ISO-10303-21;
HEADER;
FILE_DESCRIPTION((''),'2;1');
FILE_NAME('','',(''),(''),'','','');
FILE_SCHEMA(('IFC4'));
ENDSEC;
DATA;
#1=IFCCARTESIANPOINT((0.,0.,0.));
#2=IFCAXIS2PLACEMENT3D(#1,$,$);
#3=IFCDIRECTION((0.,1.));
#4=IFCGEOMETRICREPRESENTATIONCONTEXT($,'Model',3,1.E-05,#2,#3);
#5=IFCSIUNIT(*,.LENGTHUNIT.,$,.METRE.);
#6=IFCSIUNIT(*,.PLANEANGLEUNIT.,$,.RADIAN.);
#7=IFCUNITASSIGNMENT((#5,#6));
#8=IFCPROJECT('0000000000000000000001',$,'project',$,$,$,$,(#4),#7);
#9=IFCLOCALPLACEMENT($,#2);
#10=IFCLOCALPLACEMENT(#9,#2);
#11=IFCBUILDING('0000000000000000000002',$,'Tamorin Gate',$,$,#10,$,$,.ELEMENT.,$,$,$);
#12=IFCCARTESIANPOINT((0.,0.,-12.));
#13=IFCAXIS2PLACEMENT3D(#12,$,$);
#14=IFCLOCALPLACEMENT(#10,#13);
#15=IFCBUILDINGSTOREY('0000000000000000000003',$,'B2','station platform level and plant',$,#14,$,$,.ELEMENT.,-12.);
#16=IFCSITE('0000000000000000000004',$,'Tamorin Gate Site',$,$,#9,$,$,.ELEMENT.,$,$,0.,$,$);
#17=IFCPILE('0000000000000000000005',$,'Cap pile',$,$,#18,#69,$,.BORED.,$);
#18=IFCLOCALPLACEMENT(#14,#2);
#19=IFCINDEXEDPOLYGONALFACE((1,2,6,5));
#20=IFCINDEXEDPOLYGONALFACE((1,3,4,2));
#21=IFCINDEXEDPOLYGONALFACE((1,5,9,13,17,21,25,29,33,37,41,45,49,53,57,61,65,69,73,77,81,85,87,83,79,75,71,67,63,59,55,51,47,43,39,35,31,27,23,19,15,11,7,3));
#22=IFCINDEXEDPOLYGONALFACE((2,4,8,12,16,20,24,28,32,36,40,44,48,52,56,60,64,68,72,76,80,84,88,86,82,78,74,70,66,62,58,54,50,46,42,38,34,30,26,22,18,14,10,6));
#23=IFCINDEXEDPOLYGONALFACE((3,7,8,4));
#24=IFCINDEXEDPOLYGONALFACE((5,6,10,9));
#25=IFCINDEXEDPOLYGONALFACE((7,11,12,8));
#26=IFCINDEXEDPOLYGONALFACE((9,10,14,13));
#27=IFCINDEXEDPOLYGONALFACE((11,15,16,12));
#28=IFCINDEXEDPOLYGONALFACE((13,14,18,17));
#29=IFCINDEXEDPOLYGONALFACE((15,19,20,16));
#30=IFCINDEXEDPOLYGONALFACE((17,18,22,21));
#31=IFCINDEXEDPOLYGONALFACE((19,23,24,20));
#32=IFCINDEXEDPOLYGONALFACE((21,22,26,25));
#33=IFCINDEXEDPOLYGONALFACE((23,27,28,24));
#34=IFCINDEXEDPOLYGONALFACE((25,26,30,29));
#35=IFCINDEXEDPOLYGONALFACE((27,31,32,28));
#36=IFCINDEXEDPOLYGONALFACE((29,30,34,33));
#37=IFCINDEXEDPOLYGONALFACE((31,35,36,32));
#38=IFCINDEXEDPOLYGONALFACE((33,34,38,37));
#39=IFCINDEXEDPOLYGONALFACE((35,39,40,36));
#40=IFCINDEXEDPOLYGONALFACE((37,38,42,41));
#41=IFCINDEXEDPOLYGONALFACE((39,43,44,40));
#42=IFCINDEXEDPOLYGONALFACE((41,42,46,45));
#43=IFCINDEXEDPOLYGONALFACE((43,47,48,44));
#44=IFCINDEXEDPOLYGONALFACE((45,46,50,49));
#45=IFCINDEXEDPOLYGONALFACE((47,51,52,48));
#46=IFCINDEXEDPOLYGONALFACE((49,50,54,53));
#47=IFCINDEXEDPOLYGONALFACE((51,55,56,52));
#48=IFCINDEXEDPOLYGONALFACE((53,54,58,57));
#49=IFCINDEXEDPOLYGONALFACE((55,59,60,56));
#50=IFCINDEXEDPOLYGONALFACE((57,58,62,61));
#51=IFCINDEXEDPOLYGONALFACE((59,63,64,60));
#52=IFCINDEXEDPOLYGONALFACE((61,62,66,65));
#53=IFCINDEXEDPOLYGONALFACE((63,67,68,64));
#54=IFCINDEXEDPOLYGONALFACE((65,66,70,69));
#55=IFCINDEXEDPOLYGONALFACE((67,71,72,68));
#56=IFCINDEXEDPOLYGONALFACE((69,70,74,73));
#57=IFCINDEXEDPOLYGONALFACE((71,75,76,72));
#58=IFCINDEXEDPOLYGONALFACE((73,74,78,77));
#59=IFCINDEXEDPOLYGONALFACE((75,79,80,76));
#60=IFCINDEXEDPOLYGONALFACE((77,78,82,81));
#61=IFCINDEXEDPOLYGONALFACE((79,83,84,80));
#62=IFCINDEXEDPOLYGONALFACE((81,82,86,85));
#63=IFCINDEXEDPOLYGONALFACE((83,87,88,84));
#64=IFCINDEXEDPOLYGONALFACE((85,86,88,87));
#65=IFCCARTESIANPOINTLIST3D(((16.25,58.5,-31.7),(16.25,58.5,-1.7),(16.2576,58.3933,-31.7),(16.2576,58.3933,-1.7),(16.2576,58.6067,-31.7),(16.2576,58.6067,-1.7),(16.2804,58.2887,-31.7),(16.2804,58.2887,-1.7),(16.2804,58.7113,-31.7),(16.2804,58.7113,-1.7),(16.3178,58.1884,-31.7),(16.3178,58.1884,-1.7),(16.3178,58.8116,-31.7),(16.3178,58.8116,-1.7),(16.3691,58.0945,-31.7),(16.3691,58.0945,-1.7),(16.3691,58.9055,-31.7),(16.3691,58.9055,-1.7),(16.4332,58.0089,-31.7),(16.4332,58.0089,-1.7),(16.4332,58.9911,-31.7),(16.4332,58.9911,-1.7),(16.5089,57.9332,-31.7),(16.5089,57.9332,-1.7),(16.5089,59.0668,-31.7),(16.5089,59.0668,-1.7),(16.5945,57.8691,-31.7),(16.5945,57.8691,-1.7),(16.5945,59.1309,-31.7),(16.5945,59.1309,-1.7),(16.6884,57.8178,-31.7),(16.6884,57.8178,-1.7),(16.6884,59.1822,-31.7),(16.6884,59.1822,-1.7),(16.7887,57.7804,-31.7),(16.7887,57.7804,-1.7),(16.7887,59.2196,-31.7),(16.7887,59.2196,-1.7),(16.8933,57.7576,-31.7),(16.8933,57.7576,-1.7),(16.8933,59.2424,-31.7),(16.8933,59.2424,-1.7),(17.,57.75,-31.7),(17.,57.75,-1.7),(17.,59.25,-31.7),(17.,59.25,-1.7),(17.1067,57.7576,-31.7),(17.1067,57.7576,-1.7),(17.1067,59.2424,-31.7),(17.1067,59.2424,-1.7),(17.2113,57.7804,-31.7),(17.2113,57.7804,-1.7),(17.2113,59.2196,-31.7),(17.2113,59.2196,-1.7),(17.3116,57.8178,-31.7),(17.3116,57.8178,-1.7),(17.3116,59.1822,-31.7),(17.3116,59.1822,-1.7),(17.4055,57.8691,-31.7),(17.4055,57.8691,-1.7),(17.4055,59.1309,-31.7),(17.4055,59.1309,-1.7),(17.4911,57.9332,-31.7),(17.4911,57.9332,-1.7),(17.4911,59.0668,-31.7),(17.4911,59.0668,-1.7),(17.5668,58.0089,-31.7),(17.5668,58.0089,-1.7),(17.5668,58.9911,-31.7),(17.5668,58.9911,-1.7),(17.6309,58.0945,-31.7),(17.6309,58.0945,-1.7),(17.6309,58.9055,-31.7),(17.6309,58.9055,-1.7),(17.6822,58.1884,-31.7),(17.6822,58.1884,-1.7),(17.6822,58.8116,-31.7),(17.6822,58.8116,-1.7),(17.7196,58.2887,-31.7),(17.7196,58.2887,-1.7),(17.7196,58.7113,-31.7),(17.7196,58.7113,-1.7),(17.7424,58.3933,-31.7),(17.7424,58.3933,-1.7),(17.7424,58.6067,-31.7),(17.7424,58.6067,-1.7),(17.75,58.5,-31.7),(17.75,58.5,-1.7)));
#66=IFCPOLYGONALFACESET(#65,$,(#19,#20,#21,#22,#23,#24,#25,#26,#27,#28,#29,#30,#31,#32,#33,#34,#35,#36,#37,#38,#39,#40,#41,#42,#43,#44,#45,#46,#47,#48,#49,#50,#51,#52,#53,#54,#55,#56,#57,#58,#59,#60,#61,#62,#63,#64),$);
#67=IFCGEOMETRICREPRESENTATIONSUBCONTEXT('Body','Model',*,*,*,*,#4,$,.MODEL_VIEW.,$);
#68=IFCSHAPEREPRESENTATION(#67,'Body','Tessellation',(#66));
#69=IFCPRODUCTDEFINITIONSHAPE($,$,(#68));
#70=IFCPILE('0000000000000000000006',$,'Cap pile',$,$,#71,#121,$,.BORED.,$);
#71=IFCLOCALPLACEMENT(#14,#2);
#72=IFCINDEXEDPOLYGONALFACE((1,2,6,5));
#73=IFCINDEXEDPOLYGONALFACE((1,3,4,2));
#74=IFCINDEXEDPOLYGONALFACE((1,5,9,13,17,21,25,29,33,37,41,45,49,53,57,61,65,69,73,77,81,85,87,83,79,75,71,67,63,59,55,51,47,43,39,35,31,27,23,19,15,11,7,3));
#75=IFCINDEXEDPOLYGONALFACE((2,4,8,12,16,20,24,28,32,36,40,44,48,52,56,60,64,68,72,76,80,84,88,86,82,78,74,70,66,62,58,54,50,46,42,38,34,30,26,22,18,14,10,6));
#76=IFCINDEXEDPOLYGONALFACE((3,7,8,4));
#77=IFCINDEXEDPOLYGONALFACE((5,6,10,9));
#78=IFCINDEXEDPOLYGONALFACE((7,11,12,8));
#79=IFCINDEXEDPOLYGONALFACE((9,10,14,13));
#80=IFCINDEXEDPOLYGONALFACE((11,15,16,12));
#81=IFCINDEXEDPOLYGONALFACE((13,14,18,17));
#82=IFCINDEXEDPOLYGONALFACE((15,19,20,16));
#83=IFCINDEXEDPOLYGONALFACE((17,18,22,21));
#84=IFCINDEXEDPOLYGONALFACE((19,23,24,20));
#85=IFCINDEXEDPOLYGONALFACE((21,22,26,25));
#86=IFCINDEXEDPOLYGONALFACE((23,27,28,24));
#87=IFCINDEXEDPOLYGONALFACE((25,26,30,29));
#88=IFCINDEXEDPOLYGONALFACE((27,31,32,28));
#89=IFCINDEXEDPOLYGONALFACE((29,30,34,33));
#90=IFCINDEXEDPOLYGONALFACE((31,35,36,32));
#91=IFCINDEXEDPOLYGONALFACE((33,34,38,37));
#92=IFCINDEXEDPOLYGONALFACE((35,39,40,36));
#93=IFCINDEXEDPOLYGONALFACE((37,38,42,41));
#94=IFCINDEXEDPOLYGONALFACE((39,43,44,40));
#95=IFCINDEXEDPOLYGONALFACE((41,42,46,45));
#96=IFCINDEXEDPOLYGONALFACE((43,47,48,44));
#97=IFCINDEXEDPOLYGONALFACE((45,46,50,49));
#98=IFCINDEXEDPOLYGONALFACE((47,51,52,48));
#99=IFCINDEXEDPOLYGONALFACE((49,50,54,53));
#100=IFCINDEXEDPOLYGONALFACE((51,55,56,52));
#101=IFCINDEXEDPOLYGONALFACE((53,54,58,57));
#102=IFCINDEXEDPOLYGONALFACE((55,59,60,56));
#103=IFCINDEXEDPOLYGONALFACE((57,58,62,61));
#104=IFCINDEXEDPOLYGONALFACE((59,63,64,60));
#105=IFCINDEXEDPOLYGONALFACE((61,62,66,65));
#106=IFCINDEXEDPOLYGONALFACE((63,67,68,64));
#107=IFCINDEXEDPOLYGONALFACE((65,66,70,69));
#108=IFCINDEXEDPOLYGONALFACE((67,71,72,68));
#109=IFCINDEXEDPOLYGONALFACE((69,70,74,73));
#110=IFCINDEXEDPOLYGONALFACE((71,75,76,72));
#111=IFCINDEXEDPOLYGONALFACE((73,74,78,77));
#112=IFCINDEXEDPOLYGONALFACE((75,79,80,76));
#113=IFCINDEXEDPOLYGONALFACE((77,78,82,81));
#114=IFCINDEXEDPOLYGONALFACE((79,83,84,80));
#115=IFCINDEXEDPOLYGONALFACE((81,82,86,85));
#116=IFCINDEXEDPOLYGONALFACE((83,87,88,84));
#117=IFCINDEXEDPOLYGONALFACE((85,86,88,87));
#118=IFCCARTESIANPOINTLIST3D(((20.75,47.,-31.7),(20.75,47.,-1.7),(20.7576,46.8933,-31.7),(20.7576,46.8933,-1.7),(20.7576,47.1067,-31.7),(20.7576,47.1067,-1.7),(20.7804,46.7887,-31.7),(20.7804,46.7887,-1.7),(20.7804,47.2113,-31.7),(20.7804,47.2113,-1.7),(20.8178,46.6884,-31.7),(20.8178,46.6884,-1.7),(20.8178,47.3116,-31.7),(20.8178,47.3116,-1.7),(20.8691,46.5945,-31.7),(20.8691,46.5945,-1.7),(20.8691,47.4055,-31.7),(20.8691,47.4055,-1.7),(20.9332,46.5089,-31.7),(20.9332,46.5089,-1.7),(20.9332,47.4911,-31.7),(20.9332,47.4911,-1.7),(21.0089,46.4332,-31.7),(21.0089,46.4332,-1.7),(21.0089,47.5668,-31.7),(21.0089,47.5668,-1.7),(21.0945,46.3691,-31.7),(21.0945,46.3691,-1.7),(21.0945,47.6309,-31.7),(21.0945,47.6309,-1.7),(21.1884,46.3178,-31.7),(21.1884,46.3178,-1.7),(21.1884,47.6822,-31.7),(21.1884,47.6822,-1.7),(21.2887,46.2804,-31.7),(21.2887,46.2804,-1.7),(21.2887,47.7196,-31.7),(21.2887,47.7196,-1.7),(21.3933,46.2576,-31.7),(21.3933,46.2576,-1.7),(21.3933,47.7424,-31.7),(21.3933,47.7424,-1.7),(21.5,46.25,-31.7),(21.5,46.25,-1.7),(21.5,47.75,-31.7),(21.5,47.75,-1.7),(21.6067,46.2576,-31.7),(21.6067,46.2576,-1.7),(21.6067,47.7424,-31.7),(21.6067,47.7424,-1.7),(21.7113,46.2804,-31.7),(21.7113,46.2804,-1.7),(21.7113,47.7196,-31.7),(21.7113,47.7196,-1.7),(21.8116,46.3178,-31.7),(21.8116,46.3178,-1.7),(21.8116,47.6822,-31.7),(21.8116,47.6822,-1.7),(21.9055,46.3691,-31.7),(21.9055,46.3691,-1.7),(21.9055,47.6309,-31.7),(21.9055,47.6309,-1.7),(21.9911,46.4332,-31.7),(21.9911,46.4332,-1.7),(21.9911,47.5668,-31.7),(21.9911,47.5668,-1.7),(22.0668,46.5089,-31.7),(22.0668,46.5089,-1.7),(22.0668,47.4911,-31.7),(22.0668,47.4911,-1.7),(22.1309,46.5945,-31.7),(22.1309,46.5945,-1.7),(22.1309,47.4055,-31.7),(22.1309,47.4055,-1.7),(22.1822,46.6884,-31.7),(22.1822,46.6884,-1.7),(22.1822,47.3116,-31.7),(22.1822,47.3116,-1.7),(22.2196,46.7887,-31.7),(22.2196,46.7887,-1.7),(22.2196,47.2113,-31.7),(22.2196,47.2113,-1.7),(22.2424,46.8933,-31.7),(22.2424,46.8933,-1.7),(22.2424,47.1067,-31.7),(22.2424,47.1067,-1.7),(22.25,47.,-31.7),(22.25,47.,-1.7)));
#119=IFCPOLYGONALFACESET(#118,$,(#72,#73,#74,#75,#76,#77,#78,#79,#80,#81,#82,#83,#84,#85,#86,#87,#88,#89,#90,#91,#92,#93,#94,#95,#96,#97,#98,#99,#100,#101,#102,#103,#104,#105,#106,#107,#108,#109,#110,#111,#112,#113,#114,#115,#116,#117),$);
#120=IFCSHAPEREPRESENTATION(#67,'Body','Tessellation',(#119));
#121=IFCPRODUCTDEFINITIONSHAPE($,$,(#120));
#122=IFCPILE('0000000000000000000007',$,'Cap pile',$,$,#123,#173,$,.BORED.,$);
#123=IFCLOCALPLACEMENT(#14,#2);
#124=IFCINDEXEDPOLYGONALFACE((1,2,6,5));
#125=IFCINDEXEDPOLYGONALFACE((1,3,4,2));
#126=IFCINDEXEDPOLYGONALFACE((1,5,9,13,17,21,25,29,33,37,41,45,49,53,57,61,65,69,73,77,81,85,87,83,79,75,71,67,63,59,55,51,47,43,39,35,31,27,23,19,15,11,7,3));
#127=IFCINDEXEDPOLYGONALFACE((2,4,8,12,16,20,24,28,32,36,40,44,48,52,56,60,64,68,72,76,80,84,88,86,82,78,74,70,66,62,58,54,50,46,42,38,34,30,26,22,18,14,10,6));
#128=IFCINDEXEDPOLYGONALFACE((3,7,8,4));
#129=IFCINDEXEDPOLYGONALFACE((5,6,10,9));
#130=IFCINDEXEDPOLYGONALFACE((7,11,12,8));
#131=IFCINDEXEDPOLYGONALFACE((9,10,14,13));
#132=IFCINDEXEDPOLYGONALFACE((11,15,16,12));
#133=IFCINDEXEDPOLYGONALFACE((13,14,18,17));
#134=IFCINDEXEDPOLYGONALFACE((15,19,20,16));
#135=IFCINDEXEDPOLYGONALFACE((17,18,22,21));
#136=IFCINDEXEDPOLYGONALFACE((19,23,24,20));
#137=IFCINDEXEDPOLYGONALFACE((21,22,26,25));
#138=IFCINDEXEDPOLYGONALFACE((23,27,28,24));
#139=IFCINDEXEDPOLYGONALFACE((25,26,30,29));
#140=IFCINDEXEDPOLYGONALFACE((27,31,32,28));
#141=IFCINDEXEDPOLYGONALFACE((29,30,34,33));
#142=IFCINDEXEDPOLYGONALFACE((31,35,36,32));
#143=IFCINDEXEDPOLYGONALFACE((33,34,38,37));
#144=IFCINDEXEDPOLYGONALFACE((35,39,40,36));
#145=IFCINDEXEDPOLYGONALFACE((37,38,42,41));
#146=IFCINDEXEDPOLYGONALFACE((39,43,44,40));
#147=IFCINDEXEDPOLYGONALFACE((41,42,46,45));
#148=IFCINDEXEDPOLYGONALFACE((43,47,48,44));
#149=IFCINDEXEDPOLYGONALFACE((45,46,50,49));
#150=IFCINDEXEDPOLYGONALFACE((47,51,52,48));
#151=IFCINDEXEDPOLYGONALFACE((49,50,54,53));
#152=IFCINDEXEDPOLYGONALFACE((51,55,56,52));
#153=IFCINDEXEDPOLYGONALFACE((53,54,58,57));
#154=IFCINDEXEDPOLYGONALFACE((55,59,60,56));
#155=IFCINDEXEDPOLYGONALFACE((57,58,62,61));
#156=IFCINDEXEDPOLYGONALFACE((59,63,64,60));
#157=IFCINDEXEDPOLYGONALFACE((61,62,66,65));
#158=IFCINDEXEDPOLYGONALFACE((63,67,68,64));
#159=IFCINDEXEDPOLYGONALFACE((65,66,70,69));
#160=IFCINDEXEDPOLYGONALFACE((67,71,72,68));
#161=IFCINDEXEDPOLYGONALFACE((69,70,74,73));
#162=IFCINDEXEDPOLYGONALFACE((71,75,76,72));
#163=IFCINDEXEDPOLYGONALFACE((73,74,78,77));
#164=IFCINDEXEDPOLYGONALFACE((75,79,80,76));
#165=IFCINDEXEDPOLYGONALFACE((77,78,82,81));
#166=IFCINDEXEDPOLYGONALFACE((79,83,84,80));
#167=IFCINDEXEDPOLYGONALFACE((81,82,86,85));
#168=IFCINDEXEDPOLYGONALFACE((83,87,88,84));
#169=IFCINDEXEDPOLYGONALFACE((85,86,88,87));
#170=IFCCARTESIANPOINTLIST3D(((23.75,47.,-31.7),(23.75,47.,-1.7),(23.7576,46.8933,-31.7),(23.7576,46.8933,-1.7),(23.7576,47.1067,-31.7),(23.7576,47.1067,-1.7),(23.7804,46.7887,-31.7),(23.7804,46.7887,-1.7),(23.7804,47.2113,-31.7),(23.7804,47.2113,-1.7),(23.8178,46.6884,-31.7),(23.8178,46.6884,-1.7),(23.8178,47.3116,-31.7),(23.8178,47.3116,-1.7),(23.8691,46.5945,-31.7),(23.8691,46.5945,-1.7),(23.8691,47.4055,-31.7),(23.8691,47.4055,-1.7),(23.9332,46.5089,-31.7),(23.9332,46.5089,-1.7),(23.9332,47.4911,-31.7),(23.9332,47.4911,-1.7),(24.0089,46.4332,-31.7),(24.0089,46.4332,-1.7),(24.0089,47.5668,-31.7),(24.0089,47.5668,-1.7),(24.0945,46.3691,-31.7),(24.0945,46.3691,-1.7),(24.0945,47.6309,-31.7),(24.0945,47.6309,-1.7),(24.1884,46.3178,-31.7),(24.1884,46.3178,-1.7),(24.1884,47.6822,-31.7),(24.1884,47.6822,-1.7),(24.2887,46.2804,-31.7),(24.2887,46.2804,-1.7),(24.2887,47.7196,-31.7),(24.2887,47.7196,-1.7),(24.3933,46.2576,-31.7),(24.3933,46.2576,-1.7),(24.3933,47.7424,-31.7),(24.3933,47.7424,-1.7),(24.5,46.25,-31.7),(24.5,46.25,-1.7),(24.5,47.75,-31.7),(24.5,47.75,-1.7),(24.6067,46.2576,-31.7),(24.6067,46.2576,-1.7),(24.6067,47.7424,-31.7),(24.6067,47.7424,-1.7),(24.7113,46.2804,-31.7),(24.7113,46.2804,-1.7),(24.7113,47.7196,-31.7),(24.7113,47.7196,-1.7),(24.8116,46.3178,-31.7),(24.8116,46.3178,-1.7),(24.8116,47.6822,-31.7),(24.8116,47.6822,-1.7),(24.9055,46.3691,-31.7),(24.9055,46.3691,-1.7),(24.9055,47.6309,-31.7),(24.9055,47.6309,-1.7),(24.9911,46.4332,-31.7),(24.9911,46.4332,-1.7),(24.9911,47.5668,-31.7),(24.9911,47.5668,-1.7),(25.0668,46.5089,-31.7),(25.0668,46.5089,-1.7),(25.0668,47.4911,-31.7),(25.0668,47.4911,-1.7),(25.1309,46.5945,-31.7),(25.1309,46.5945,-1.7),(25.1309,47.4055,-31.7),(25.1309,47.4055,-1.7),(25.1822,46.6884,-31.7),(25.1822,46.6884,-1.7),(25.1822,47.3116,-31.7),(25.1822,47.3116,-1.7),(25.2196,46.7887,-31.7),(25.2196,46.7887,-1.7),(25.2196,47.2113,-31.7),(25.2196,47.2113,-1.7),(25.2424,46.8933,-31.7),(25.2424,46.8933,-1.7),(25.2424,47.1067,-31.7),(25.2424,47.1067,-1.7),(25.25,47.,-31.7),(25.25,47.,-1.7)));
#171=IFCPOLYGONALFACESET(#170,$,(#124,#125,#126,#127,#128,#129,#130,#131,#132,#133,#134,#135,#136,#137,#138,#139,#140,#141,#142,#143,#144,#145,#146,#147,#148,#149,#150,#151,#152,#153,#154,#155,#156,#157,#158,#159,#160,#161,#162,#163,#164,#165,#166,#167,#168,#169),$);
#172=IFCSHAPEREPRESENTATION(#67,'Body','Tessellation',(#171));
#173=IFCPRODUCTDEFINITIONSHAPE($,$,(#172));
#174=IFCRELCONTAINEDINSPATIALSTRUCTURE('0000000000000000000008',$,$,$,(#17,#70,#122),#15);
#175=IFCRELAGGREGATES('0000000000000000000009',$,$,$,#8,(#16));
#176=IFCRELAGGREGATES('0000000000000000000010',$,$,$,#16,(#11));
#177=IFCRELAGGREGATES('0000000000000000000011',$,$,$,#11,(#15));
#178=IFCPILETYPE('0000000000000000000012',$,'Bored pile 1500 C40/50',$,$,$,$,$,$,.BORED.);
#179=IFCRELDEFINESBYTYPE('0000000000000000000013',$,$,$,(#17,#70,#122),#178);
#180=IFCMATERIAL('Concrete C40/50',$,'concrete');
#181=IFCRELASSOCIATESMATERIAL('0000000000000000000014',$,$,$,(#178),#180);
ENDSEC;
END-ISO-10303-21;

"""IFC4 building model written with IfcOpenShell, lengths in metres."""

from ifc_helpers import new_model, si_unit, direction, frame, origin, origin_2d, place, context, subcontext, project, spatial, circle, extrude, material, material_profile, profile_set, type_object, element, save


model = new_model("IFC4")

# Units and contexts
model_context = context("Model", 3, precision=1e-05, world=origin(), true_north=direction((0.0, 1.0)))
body_context = subcontext(model_context, "Body", "Model", "MODEL_VIEW")
ifc_project = project(units=[si_unit("LENGTHUNIT", "METRE"), si_unit("PLANEANGLEUNIT", "RADIAN")], contexts=[model_context])

# Site, building, storey
site_placement = place(None, origin())
site = spatial("IfcSite", under=ifc_project, at=site_placement, Name="Tamorin Gate Site", CompositionType="ELEMENT", RefElevation=0.0)
building_placement = place(site_placement, origin())
building = spatial("IfcBuilding", under=site, at=building_placement, Name="Tamorin Gate", CompositionType="ELEMENT")
storey_placement = place(building_placement, frame((0.0, 0.0, -12.0)))
storey = spatial("IfcBuildingStorey", under=building, at=storey_placement, Name="B2", Description="station platform level and plant", CompositionType="ELEMENT", Elevation=-12.0)

# Piles
ifc_material_1 = material(Name="Concrete C40/50", Category="concrete")
ifc_material_profile_1 = material_profile(ifc_material_1, circle(Radius=0.75, at=origin_2d()))
ifc_profile_set_1 = profile_set([ifc_material_profile_1], Name="Concrete C40/50")
pile_type = type_object("IfcPileType", Name="Bored pile 1500 C40/50", PredefinedType="BORED", material=ifc_profile_set_1)
for number, where, z_axis, x_axis, name in (
    (1, (17.0, 58.5, -1.7), (0.0, 0.0, -1.0), (1.0, 0.0, 0.0), "Cap pile"),
    (2, (21.5, 47.0, -1.7), (0.0, 0.0, -1.0), (1.0, 0.0, 0.0), "Cap pile"),
    (3, (24.5, 47.0, -1.7), (0.0, 0.0, -1.0), (1.0, 0.0, 0.0), "Cap pile"),
):
    element("IfcPile", number, at=place(storey_placement, frame(where, z_axis=z_axis, x_axis=x_axis)), inside=storey, type_object=pile_type, Name=name, PredefinedType="BORED", context=body_context, shape_type="SweptSolid", body=[
        extrude(circle(Radius=0.75, at=origin_2d()), origin(), (0.0, 0.0, 1.0), 30.0),
    ])

save(model, "model.ifc")
